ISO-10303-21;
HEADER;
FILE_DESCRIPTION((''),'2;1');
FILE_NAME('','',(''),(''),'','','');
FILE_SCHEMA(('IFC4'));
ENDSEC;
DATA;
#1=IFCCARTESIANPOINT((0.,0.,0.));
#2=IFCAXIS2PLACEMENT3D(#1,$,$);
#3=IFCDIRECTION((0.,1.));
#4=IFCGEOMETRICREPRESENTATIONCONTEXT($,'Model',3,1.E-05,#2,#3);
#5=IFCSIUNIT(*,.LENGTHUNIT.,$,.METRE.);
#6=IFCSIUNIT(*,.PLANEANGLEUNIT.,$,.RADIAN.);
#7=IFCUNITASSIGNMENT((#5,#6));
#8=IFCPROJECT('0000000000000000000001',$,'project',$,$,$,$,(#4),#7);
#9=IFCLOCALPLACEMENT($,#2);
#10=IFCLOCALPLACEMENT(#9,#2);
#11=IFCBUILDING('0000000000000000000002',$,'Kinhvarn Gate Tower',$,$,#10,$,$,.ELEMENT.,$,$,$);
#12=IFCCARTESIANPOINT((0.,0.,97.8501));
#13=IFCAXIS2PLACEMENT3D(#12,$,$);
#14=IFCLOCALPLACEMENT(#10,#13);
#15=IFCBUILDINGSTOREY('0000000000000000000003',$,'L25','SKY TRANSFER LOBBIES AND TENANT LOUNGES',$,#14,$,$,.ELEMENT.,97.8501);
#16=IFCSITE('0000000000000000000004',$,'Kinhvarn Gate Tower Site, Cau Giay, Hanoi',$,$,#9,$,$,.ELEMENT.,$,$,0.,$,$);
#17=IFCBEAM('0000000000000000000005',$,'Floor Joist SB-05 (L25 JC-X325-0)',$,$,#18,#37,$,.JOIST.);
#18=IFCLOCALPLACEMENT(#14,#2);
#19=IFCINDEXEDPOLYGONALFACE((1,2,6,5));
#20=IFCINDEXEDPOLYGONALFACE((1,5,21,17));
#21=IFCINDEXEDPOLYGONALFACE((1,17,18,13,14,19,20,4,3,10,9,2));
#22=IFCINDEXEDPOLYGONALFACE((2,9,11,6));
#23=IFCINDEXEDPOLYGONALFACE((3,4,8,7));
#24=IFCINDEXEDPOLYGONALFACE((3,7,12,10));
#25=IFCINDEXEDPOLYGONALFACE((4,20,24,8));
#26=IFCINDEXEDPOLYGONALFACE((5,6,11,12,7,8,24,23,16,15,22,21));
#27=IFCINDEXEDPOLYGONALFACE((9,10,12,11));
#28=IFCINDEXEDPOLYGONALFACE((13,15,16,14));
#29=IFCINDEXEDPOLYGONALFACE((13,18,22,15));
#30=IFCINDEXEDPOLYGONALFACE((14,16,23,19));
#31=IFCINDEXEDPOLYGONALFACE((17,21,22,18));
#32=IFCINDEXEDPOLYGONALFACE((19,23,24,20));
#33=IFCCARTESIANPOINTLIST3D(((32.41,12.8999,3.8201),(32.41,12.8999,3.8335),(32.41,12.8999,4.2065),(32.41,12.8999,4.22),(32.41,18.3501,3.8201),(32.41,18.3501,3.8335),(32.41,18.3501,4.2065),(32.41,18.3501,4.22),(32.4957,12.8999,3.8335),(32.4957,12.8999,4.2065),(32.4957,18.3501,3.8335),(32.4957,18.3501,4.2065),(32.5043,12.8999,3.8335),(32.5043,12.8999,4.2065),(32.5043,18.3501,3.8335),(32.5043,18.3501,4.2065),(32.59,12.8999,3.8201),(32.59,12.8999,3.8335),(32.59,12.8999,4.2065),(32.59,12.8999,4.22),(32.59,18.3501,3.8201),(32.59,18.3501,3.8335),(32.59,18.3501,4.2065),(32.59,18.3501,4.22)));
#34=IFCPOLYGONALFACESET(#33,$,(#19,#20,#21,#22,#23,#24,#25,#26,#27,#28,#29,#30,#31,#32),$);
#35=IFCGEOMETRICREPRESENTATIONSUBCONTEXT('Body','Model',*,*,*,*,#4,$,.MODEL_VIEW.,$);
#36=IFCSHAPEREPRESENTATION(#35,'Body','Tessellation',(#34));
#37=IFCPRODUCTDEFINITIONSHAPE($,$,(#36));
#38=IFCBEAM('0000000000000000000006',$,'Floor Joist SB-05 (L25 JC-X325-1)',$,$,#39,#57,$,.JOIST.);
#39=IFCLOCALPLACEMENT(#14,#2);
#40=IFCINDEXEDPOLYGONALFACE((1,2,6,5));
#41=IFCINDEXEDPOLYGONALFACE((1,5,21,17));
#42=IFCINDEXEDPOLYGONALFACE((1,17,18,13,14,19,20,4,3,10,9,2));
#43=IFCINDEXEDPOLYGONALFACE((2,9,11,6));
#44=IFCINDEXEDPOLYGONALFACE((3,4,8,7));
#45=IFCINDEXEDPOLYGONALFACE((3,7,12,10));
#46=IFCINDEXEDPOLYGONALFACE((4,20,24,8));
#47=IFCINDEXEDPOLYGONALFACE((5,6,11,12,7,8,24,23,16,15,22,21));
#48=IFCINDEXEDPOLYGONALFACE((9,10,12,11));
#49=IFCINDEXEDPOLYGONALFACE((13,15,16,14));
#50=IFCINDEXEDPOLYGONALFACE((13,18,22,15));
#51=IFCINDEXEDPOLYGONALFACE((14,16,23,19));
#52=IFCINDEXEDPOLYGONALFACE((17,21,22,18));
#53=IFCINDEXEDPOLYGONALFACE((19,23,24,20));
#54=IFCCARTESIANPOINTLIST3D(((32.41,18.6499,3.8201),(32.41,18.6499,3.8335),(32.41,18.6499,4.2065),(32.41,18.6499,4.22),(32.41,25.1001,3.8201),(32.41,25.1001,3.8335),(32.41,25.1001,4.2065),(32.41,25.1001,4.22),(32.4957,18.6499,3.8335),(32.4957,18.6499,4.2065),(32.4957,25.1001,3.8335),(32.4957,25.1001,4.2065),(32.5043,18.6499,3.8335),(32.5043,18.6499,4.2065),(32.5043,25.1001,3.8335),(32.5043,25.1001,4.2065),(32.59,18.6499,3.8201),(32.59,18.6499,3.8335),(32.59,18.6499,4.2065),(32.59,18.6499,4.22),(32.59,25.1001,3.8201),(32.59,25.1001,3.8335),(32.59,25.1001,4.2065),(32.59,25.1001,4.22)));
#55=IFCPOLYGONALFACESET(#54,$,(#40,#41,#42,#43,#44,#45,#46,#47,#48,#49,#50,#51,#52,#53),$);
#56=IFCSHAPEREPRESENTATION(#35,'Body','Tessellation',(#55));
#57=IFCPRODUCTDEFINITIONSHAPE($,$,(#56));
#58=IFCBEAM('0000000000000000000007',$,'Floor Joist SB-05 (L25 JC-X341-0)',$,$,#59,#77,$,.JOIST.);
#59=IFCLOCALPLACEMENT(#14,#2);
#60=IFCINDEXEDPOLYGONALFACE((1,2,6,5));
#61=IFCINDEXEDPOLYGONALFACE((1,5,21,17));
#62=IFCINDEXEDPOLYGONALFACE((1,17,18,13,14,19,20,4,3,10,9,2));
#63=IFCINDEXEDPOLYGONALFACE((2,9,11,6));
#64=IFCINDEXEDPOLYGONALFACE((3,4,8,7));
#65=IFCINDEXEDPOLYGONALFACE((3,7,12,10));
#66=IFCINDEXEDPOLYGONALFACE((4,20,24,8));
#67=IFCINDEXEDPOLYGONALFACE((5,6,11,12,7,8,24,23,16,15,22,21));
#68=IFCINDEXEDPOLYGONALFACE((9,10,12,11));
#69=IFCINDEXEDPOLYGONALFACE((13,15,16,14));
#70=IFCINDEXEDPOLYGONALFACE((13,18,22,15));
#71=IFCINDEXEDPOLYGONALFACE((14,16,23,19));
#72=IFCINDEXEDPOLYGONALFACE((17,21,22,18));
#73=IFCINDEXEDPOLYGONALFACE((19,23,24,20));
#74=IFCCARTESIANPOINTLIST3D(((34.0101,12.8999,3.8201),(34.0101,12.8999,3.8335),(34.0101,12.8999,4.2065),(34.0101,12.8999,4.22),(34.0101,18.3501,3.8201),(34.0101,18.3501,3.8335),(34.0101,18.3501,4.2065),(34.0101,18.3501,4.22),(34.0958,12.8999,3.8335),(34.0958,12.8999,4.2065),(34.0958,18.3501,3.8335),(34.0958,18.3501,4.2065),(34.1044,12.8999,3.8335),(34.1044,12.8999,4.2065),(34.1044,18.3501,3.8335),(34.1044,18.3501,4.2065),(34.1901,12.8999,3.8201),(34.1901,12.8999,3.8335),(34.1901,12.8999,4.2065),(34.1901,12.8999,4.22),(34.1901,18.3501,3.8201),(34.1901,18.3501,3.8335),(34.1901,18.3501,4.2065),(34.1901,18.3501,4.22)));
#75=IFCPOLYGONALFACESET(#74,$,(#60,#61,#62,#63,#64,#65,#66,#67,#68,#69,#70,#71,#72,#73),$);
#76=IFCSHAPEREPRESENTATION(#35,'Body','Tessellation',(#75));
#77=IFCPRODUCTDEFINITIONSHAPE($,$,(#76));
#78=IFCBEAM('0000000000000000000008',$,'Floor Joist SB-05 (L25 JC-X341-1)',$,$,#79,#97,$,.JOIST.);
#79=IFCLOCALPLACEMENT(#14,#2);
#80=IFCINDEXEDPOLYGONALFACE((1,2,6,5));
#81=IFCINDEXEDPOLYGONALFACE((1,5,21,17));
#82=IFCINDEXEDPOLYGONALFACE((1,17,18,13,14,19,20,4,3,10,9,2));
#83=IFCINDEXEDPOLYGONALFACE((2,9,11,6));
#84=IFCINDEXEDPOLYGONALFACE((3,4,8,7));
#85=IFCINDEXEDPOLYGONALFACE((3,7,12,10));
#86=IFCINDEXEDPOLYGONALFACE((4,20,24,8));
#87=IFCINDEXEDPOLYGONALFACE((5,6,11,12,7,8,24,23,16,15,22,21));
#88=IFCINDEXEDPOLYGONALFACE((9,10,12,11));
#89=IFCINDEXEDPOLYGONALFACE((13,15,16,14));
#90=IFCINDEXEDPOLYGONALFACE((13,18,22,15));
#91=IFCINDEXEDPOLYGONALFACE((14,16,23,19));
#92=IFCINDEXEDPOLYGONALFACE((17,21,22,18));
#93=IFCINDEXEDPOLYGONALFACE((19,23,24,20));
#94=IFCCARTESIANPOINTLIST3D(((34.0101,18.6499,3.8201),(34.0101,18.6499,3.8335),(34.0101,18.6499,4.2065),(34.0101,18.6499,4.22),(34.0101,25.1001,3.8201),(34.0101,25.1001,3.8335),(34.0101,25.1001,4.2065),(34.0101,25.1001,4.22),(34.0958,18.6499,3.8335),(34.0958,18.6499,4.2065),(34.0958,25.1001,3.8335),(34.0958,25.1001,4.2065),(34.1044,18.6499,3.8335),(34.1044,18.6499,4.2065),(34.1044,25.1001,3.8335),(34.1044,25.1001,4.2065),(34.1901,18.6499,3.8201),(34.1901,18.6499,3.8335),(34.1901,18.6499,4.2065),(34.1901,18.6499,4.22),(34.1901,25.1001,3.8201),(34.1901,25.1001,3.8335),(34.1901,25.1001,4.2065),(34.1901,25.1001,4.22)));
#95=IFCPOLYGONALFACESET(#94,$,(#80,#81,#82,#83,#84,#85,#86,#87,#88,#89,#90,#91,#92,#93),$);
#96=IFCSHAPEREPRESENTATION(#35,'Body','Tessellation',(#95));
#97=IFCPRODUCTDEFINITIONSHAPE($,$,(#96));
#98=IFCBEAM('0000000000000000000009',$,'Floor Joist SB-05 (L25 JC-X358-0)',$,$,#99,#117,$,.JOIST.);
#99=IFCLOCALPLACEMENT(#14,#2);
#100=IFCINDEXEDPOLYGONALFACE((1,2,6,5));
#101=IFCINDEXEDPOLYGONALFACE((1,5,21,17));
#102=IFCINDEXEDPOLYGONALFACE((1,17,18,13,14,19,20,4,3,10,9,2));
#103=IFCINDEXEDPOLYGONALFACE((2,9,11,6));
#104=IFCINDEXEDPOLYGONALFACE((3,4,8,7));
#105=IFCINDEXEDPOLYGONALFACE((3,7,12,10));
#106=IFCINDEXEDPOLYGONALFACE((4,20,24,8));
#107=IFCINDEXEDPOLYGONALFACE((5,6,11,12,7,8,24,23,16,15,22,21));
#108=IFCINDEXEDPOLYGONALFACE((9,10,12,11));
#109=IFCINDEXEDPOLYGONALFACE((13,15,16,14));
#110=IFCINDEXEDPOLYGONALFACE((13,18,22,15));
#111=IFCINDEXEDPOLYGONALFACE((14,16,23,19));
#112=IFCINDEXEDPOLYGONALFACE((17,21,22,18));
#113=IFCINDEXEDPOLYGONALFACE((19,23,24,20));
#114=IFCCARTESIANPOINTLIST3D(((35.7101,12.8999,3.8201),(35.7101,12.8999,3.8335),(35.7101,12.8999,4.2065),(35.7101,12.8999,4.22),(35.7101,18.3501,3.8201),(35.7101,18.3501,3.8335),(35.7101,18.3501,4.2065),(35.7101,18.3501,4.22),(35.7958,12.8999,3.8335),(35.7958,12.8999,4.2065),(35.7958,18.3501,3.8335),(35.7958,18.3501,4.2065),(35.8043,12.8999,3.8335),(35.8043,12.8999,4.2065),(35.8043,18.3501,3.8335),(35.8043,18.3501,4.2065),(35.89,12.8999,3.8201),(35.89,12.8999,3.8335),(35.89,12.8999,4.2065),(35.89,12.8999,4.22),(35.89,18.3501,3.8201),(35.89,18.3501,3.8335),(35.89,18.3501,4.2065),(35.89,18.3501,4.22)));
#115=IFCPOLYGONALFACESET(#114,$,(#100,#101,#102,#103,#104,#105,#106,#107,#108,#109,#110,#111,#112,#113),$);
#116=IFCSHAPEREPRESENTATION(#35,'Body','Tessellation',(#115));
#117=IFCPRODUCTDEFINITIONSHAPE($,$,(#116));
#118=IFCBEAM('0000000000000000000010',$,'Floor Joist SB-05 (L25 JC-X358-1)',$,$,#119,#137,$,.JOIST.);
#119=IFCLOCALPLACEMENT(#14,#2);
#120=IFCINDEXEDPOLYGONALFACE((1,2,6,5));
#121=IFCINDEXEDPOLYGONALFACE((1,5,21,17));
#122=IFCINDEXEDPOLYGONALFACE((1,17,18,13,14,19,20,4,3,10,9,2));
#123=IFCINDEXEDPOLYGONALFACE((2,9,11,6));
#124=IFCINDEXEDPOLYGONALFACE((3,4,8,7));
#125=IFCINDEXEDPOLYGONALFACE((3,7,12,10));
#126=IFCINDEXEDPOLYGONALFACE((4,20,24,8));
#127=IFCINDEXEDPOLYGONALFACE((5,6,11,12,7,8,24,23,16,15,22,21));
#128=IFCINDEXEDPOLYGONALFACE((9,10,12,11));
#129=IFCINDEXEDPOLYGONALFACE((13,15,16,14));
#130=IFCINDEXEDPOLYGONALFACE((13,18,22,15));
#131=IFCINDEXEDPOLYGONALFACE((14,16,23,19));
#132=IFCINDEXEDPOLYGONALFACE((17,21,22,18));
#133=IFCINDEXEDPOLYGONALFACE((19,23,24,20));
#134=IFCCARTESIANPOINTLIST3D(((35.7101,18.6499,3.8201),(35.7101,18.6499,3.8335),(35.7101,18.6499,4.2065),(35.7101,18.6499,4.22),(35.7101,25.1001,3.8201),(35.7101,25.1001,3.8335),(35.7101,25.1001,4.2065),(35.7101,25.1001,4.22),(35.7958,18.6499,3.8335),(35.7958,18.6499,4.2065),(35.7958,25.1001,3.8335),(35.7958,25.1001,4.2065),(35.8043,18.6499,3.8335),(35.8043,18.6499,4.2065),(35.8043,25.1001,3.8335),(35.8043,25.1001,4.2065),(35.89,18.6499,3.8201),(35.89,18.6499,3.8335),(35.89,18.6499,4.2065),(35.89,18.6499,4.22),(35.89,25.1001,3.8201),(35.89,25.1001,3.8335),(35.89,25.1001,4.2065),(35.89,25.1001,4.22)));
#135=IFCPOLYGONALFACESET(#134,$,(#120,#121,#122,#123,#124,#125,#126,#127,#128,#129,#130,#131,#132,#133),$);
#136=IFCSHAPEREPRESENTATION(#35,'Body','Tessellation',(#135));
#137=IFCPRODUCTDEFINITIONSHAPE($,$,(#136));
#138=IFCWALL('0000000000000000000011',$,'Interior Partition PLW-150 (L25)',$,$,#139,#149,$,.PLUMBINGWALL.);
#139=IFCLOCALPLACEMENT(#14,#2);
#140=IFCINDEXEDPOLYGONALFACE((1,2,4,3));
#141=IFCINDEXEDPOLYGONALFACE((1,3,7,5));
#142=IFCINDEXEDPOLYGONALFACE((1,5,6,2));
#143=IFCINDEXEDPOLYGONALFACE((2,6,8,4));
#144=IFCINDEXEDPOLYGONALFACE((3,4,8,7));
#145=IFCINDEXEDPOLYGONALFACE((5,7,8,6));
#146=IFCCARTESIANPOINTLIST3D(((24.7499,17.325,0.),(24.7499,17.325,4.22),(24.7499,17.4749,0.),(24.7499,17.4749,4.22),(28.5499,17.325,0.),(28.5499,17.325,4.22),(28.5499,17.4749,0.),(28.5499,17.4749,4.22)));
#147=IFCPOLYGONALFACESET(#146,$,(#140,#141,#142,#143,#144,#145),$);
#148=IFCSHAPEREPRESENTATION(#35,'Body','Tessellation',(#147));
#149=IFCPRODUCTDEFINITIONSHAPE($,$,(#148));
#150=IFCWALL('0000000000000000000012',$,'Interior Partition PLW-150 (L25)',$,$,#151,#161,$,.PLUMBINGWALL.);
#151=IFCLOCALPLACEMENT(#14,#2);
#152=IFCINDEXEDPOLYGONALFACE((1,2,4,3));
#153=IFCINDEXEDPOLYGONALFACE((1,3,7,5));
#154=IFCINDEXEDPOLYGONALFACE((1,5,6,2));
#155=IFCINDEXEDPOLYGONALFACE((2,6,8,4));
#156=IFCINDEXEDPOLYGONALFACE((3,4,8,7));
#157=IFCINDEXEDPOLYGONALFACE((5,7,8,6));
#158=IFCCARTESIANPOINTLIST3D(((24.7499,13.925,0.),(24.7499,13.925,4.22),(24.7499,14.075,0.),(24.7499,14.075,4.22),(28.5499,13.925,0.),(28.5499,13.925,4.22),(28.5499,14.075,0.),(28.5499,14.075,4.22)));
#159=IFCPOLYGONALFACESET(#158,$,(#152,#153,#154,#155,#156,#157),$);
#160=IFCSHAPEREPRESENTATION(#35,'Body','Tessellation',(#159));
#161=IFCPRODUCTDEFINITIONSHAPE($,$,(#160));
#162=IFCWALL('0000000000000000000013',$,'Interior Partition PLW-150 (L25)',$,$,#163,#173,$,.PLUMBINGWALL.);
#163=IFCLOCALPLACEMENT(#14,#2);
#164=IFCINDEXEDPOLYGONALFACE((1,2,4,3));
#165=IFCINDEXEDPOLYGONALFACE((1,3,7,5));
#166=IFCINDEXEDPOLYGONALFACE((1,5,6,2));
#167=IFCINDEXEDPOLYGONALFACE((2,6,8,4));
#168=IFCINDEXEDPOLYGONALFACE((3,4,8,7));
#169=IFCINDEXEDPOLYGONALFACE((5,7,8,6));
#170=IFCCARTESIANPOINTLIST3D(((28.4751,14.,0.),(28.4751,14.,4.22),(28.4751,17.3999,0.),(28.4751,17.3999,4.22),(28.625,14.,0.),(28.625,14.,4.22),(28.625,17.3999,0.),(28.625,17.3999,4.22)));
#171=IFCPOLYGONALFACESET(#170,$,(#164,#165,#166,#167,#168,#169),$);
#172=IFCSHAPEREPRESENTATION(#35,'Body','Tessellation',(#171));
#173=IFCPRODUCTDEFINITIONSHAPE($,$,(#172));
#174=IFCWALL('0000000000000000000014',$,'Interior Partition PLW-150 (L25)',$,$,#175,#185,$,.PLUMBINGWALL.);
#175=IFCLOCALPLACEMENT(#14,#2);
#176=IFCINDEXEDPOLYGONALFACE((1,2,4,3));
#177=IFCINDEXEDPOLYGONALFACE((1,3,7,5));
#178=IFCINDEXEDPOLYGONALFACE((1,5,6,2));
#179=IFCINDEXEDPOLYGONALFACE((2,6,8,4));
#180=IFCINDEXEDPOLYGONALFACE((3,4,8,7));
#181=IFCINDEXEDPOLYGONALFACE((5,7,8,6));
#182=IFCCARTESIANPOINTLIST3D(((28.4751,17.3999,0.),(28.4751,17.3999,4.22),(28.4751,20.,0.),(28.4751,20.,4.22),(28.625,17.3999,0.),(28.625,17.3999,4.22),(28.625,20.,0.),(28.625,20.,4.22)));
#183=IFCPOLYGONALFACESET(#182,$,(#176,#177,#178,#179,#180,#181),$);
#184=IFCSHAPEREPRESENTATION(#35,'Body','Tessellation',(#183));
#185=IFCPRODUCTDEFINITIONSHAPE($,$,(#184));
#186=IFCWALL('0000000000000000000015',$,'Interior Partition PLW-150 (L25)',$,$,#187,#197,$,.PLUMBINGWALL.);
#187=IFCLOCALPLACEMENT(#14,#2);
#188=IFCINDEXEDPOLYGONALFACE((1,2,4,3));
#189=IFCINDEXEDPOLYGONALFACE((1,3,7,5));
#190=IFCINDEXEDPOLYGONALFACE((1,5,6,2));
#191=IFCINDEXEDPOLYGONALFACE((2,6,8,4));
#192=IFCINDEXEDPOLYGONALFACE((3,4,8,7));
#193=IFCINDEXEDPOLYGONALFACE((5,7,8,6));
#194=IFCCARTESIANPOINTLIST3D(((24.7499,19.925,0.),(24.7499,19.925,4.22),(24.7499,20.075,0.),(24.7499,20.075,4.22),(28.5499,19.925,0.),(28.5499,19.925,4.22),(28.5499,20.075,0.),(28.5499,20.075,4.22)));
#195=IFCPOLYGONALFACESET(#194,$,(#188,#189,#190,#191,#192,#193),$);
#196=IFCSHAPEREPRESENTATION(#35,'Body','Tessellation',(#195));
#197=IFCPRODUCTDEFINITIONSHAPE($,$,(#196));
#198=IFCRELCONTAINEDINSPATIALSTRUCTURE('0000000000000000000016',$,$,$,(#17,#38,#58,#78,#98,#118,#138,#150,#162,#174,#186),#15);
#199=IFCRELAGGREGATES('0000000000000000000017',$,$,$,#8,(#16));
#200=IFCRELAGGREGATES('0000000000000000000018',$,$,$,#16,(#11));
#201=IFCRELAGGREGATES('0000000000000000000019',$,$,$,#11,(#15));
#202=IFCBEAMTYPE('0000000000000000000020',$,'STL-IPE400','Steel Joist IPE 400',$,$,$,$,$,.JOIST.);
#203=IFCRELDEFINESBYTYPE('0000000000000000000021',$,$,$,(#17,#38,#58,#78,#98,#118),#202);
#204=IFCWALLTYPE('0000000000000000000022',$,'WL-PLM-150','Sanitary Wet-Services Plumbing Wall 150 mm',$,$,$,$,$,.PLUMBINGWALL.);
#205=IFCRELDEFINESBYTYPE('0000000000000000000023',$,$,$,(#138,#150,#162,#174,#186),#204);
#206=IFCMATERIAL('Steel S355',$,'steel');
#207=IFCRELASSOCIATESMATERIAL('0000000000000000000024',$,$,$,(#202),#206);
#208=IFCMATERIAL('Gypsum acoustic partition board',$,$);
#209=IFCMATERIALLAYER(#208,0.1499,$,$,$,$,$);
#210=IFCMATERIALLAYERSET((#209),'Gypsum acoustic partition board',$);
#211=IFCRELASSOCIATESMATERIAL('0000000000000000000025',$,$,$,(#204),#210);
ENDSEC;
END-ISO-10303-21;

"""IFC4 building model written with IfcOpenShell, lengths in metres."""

from ifc_helpers import new_model, si_unit, direction, frame, frame_2d, origin, origin_2d, place, context, subcontext, project, spatial, rectangle, i_section, extrude, material, layer, layer_set, material_profile, profile_set, type_object, element, save


model = new_model("IFC4")

# Units and contexts
model_context = context("Model", 3, precision=1e-05, world=origin(), true_north=direction((0.0, 1.0)))
body_context = subcontext(model_context, "Body", "Model", "MODEL_VIEW")
ifc_project = project(units=[si_unit("LENGTHUNIT", "METRE"), si_unit("PLANEANGLEUNIT", "RADIAN")], contexts=[model_context])

# Site, building, storey
site_placement = place(None, origin())
site = spatial("IfcSite", under=ifc_project, at=site_placement, Name="Kinhvarn Gate Tower Site, Cau Giay, Hanoi", CompositionType="ELEMENT", RefElevation=0.0)
building_placement = place(site_placement, origin())
building = spatial("IfcBuilding", under=site, at=building_placement, Name="Kinhvarn Gate Tower", CompositionType="ELEMENT")
storey_placement = place(building_placement, frame((0.0, 0.0, 97.8501)))
storey = spatial("IfcBuildingStorey", under=building, at=storey_placement, Name="L25", Description="SKY TRANSFER LOBBIES AND TENANT LOUNGES", CompositionType="ELEMENT", Elevation=97.8501)

# Beams
ifc_material_1 = material(Name="Steel S355", Category="steel")
ifc_material_profile_1 = material_profile(ifc_material_1, i_section(OverallWidth=0.1799, OverallDepth=0.3999, WebThickness=0.0085, FlangeThickness=0.0134, at=origin_2d()), Name="IPE 400")
ifc_profile_set_1 = profile_set([ifc_material_profile_1], Name="Steel S355")
beam_type_1 = type_object("IfcBeamType", Name="STL-IPE400", Description="Steel Joist IPE 400", PredefinedType="JOIST", material=ifc_profile_set_1)
beam_1_placement = place(storey_placement, frame((32.5, 12.8999, 4.02), z_axis=(0.0, 1.0, 0.0), x_axis=(-1.0, 0.0, 0.0)))
element("IfcBeam", 1, at=beam_1_placement, inside=storey, type_object=beam_type_1, Name="Floor Joist SB-05 (L25 JC-X325-0)", PredefinedType="JOIST", context=body_context, shape_type="SweptSolid", body=[
    extrude(i_section(OverallWidth=0.1799, OverallDepth=0.3999, WebThickness=0.0085, FlangeThickness=0.0134, at=origin_2d()), origin(), (0.0, 0.0, 1.0), 5.4502),
])
beam_2_placement = place(storey_placement, frame((32.5, 18.6499, 4.02), z_axis=(0.0, 1.0, 0.0), x_axis=(-1.0, 0.0, 0.0)))
element("IfcBeam", 2, at=beam_2_placement, inside=storey, type_object=beam_type_1, Name="Floor Joist SB-05 (L25 JC-X325-1)", PredefinedType="JOIST", context=body_context, shape_type="SweptSolid", body=[
    extrude(i_section(OverallWidth=0.1799, OverallDepth=0.3999, WebThickness=0.0085, FlangeThickness=0.0134, at=origin_2d()), origin(), (0.0, 0.0, 1.0), 6.4502),
])
beam_3_placement = place(storey_placement, frame((34.1001, 12.8999, 4.02), z_axis=(0.0, 1.0, 0.0), x_axis=(-1.0, 0.0, 0.0)))
element("IfcBeam", 3, at=beam_3_placement, inside=storey, type_object=beam_type_1, Name="Floor Joist SB-05 (L25 JC-X341-0)", PredefinedType="JOIST", context=body_context, shape_type="SweptSolid", body=[
    extrude(i_section(OverallWidth=0.1799, OverallDepth=0.3999, WebThickness=0.0085, FlangeThickness=0.0134, at=origin_2d()), origin(), (0.0, 0.0, 1.0), 5.4502),
])
beam_4_placement = place(storey_placement, frame((34.1001, 18.6499, 4.02), z_axis=(0.0, 1.0, 0.0), x_axis=(-1.0, 0.0, 0.0)))
element("IfcBeam", 4, at=beam_4_placement, inside=storey, type_object=beam_type_1, Name="Floor Joist SB-05 (L25 JC-X341-1)", PredefinedType="JOIST", context=body_context, shape_type="SweptSolid", body=[
    extrude(i_section(OverallWidth=0.1799, OverallDepth=0.3999, WebThickness=0.0085, FlangeThickness=0.0134, at=origin_2d()), origin(), (0.0, 0.0, 1.0), 6.4502),
])
beam_5_placement = place(storey_placement, frame((35.8, 12.8999, 4.02), z_axis=(0.0, 1.0, 0.0), x_axis=(-1.0, 0.0, 0.0)))
element("IfcBeam", 5, at=beam_5_placement, inside=storey, type_object=beam_type_1, Name="Floor Joist SB-05 (L25 JC-X358-0)", PredefinedType="JOIST", context=body_context, shape_type="SweptSolid", body=[
    extrude(i_section(OverallWidth=0.1799, OverallDepth=0.3999, WebThickness=0.0085, FlangeThickness=0.0134, at=origin_2d()), origin(), (0.0, 0.0, 1.0), 5.4502),
])
beam_6_placement = place(storey_placement, frame((35.8, 18.6499, 4.02), z_axis=(0.0, 1.0, 0.0), x_axis=(-1.0, 0.0, 0.0)))
element("IfcBeam", 6, at=beam_6_placement, inside=storey, type_object=beam_type_1, Name="Floor Joist SB-05 (L25 JC-X358-1)", PredefinedType="JOIST", context=body_context, shape_type="SweptSolid", body=[
    extrude(i_section(OverallWidth=0.1799, OverallDepth=0.3999, WebThickness=0.0085, FlangeThickness=0.0134, at=origin_2d()), origin(), (0.0, 0.0, 1.0), 6.4502),
])

# Walls
ifc_material_2 = material(Name="Gypsum acoustic partition board")
ifc_layer_1 = layer(ifc_material_2, 0.1499)
ifc_layer_set_1 = layer_set([ifc_layer_1], Name="Gypsum acoustic partition board")
wall_type_1 = type_object("IfcWallType", Name="WL-PLM-150", Description="Sanitary Wet-Services Plumbing Wall 150 mm", PredefinedType="PLUMBINGWALL", material=ifc_layer_set_1)
for number, where, z_axis, x_axis, name in (
    (7, (24.75, 17.3999, 0.0), (0.0, 0.0, 1.0), (1.0, 0.0, 0.0), "Interior Partition PLW-150 (L25)"),
    (8, (24.75, 14.0, 0.0), (0.0, 0.0, 1.0), (1.0, 0.0, 0.0), "Interior Partition PLW-150 (L25)"),
):
    element("IfcWall", number, at=place(storey_placement, frame(where, z_axis=z_axis, x_axis=x_axis)), inside=storey, type_object=wall_type_1, Name=name, PredefinedType="PLUMBINGWALL", context=body_context, shape_type="SweptSolid", body=[
        extrude(rectangle(XDim=3.8, YDim=0.1499, at=frame_2d((1.8999, 0.0))), origin(), (0.0, 0.0, 1.0), 4.22),
    ])
wall_1_placement = place(storey_placement, frame((28.55, 14.0, 0.0), z_axis=(0.0, 0.0, 1.0), x_axis=(0.0, 1.0, 0.0)))
element("IfcWall", 9, at=wall_1_placement, inside=storey, type_object=wall_type_1, Name="Interior Partition PLW-150 (L25)", PredefinedType="PLUMBINGWALL", context=body_context, shape_type="SweptSolid", body=[
    extrude(rectangle(XDim=3.3999, YDim=0.1499, at=frame_2d((1.7, 0.0))), origin(), (0.0, 0.0, 1.0), 4.22),
])
wall_2_placement = place(storey_placement, frame((28.55, 17.3999, 0.0), z_axis=(0.0, 0.0, 1.0), x_axis=(0.0, 1.0, 0.0)))
element("IfcWall", 10, at=wall_2_placement, inside=storey, type_object=wall_type_1, Name="Interior Partition PLW-150 (L25)", PredefinedType="PLUMBINGWALL", context=body_context, shape_type="SweptSolid", body=[
    extrude(rectangle(XDim=2.6001, YDim=0.1499, at=frame_2d((1.3, 0.0))), origin(), (0.0, 0.0, 1.0), 4.22),
])
wall_3_placement = place(storey_placement, frame((24.75, 20.0, 0.0), z_axis=(0.0, 0.0, 1.0), x_axis=(1.0, 0.0, 0.0)))
element("IfcWall", 11, at=wall_3_placement, inside=storey, type_object=wall_type_1, Name="Interior Partition PLW-150 (L25)", PredefinedType="PLUMBINGWALL", context=body_context, shape_type="SweptSolid", body=[
    extrude(rectangle(XDim=3.8, YDim=0.1499, at=frame_2d((1.8999, 0.0))), origin(), (0.0, 0.0, 1.0), 4.22),
])

save(model, "model.ifc")
